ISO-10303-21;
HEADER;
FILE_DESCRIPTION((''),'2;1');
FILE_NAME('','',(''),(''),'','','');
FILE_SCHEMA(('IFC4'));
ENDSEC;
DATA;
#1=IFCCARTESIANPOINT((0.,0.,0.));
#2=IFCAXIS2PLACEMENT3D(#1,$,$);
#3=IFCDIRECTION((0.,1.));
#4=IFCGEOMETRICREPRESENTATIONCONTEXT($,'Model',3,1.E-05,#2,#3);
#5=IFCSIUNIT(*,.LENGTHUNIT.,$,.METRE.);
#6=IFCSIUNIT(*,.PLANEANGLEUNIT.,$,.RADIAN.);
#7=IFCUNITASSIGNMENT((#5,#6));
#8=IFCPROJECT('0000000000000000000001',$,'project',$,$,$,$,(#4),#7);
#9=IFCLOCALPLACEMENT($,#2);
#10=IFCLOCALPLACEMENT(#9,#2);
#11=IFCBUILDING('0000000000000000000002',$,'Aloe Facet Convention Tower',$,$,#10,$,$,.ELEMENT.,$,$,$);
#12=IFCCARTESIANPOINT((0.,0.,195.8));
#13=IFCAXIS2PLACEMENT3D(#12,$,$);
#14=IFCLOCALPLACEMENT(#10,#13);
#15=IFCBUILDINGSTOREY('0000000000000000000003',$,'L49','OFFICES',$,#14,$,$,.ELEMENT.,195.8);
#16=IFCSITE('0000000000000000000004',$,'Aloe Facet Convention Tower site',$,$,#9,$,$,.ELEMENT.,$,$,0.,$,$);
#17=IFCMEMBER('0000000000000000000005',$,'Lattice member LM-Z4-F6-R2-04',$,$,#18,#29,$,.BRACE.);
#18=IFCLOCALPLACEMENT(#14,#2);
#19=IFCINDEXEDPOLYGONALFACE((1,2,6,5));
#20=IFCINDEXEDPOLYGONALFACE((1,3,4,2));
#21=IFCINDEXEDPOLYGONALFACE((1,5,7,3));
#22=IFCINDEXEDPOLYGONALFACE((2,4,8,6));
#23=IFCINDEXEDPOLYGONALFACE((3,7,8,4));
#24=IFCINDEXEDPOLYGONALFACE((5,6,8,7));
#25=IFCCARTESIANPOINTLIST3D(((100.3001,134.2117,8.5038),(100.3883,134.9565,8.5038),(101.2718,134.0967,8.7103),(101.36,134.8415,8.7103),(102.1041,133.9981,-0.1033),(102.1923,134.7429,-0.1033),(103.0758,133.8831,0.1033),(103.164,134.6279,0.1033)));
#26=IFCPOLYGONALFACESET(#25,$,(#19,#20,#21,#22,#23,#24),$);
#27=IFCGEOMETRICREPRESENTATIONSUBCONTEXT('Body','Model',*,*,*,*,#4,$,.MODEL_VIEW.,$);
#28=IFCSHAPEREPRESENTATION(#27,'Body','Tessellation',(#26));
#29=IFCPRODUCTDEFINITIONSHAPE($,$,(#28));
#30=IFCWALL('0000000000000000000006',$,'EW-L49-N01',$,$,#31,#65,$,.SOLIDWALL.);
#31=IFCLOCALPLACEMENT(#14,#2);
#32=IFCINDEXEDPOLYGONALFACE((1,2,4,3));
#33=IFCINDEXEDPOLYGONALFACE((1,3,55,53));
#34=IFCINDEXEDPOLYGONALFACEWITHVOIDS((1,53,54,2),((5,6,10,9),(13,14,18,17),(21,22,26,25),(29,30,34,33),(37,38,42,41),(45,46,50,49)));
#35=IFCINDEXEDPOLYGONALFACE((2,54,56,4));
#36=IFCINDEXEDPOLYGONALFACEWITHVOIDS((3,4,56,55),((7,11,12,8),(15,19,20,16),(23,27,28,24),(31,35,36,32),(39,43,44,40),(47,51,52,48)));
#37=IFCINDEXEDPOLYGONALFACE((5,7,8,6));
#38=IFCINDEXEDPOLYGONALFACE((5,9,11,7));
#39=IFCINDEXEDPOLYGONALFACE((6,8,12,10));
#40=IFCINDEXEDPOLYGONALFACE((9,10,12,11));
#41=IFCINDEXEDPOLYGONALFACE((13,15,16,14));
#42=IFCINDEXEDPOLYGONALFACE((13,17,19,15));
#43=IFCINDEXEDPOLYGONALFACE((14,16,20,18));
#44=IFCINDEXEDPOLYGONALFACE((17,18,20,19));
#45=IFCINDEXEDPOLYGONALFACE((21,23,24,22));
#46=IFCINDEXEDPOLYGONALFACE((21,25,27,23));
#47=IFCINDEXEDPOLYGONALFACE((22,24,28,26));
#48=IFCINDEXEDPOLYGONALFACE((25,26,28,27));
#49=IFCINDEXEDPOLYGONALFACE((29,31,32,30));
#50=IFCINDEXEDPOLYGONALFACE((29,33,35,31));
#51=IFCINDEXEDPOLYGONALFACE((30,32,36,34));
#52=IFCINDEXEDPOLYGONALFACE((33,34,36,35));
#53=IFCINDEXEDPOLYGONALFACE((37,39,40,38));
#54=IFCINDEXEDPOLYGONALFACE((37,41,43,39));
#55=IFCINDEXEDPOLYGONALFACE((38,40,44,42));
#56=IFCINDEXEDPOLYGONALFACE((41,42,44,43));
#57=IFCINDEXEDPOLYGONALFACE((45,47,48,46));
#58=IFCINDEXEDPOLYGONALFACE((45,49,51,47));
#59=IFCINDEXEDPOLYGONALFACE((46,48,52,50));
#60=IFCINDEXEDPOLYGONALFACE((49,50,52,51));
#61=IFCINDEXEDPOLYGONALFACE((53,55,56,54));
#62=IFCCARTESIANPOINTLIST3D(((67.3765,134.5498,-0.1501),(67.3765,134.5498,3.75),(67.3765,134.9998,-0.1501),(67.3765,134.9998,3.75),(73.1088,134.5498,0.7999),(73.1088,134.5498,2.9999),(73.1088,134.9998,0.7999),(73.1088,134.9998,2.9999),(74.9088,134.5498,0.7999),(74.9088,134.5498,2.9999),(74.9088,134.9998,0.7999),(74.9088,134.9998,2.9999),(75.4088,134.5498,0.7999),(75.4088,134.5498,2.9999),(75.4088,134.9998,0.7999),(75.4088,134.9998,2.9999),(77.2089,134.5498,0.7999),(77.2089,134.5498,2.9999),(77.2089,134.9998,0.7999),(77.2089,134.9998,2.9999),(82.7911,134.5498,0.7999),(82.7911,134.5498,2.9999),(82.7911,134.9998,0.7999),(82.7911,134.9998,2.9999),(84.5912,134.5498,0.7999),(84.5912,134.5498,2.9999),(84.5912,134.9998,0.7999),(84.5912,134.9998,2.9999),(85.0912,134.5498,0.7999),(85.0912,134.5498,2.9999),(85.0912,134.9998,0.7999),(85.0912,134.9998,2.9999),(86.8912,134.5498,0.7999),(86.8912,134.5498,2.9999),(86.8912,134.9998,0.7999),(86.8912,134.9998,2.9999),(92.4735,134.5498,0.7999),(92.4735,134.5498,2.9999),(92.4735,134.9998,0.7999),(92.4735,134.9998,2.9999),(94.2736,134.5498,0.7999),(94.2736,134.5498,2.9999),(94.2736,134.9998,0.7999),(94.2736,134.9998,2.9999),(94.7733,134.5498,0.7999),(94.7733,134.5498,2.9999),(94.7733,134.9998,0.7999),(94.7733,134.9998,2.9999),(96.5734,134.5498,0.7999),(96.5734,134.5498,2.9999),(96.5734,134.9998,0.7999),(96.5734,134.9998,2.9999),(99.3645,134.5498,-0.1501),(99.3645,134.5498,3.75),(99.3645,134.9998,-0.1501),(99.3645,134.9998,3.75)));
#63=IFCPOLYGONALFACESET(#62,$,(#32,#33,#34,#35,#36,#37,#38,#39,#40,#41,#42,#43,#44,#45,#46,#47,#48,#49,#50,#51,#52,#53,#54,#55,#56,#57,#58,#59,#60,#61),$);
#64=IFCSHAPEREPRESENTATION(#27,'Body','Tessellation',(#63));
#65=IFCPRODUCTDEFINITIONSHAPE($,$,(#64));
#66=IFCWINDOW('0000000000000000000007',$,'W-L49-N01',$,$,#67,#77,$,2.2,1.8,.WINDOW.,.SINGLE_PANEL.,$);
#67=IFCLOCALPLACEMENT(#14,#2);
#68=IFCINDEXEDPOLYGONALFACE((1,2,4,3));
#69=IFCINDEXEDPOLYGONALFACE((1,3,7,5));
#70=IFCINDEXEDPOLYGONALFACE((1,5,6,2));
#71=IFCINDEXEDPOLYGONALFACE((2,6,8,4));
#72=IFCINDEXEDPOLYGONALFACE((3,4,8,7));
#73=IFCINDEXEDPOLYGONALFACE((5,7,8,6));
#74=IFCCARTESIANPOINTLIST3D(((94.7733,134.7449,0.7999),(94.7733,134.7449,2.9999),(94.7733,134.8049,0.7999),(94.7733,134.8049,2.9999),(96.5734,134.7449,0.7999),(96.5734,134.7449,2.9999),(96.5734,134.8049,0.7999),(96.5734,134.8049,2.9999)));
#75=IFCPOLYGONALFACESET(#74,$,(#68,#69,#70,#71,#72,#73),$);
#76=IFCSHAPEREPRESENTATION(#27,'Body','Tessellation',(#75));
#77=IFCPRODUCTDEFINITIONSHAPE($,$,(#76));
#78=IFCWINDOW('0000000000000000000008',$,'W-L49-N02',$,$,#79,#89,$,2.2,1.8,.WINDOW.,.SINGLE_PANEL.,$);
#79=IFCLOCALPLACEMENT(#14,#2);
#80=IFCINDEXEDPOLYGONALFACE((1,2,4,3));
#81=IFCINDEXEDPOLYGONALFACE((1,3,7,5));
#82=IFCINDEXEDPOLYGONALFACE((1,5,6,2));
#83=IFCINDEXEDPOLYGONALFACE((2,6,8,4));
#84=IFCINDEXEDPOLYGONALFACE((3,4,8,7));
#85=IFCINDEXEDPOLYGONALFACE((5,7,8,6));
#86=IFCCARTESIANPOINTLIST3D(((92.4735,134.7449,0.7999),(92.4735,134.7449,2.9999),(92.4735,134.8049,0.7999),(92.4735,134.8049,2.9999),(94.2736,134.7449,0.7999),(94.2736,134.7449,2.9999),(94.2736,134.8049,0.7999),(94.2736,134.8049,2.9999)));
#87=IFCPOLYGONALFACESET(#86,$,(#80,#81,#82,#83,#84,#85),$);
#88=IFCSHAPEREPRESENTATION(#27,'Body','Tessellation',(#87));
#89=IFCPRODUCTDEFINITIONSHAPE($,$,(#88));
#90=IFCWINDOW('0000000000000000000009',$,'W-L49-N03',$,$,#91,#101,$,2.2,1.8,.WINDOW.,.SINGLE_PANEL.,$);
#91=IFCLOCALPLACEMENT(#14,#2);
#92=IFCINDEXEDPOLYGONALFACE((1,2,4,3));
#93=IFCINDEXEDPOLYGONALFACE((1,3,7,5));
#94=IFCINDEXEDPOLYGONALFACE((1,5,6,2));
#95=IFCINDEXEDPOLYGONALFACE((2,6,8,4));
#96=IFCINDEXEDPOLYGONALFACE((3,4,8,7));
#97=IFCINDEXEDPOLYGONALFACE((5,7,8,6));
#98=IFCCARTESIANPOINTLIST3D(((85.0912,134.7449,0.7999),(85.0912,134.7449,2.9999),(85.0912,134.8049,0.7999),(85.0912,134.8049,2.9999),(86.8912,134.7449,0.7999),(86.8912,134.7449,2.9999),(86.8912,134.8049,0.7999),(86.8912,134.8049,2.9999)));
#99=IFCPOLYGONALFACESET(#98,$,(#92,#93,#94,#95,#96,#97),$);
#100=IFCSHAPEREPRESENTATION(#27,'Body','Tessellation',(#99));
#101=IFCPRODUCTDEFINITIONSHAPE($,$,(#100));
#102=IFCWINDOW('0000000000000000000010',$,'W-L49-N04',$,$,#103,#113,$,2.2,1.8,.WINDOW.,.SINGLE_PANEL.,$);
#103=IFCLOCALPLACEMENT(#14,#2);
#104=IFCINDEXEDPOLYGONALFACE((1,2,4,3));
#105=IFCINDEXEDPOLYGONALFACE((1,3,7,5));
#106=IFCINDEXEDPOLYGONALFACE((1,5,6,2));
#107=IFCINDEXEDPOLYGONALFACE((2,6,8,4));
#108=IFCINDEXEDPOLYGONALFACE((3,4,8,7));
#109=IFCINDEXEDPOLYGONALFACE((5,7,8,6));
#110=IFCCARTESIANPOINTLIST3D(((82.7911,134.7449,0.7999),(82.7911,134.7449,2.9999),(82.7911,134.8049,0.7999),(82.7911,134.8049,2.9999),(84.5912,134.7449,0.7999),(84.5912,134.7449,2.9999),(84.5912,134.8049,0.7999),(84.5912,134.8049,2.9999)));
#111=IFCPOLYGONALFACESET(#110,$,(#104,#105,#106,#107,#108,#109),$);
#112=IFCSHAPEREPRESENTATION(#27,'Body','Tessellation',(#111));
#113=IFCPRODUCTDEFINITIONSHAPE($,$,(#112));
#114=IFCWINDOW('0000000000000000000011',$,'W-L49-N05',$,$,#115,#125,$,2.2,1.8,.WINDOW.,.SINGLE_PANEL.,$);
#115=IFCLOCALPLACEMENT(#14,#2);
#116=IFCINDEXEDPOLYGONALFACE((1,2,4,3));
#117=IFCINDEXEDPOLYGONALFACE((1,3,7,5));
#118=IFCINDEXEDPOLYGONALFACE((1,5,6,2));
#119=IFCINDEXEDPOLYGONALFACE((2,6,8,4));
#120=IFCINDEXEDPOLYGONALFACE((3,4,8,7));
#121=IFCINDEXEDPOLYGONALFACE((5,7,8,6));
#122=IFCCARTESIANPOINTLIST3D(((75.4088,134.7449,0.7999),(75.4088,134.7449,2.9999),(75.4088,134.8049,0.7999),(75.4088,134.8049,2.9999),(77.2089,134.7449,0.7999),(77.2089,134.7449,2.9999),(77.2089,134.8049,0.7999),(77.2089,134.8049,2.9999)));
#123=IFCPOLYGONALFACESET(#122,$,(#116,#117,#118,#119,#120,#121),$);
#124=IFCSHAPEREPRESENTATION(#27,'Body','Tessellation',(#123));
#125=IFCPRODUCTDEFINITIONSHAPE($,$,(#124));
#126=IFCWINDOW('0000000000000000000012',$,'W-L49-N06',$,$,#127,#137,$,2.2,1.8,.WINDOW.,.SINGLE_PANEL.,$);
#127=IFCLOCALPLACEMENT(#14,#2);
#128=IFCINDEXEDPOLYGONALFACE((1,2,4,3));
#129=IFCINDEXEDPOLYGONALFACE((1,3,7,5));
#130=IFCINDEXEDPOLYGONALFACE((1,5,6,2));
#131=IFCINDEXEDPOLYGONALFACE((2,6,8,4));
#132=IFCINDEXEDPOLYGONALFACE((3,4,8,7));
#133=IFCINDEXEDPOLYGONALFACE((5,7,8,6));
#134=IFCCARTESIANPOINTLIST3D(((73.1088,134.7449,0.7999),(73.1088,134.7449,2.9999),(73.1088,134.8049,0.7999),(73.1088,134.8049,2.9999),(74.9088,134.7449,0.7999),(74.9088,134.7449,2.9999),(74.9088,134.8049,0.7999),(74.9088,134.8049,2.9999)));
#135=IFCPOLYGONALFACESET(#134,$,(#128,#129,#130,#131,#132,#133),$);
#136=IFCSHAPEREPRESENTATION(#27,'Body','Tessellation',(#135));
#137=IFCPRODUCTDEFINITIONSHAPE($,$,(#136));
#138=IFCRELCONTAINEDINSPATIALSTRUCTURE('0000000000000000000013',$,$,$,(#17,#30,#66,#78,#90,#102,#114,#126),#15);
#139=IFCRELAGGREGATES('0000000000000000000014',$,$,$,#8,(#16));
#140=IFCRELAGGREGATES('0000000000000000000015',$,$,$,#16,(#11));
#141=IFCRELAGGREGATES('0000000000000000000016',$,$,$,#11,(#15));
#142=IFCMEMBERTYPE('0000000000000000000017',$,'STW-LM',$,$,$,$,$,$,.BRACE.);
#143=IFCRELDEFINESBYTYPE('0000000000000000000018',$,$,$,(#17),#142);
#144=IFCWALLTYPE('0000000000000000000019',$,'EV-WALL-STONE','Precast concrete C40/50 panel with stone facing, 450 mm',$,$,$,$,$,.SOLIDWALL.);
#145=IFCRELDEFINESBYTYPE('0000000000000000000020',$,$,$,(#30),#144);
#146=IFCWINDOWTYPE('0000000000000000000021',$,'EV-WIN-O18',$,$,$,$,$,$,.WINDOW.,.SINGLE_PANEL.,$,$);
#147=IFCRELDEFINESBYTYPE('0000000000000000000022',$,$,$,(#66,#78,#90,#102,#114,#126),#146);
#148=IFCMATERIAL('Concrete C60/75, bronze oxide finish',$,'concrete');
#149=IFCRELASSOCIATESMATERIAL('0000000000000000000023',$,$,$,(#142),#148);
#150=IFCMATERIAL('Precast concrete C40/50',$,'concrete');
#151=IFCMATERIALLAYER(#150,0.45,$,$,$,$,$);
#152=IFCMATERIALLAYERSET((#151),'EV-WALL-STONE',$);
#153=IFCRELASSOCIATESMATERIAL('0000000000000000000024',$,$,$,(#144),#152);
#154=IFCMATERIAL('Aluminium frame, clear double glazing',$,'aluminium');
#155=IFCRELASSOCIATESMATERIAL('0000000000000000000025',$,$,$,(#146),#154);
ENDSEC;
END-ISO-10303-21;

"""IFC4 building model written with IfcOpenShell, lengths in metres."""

from ifc_helpers import new_model, si_unit, direction, frame, frame_2d, origin, origin_2d, place, context, subcontext, project, spatial, polyline, rectangle, outline, extrude, material, layer, layer_set, material_profile, profile_set, type_object, element, fill, save


model = new_model("IFC4")

# Units and contexts
model_context = context("Model", 3, precision=1e-05, world=origin(), true_north=direction((0.0, 1.0)))
body_context = subcontext(model_context, "Body", "Model", "MODEL_VIEW")
ifc_project = project(units=[si_unit("LENGTHUNIT", "METRE"), si_unit("PLANEANGLEUNIT", "RADIAN")], contexts=[model_context])

# Site, building, storey
site_placement = place(None, origin())
site = spatial("IfcSite", under=ifc_project, at=site_placement, Name="Aloe Facet Convention Tower site", CompositionType="ELEMENT", RefElevation=0.0)
building_placement = place(site_placement, origin())
building = spatial("IfcBuilding", under=site, at=building_placement, Name="Aloe Facet Convention Tower", CompositionType="ELEMENT")
storey_placement = place(building_placement, frame((0.0, 0.0, 195.8)))
storey = spatial("IfcBuildingStorey", under=building, at=storey_placement, Name="L49", Description="OFFICES", CompositionType="ELEMENT", Elevation=195.8)

# Member
ifc_material_1 = material(Name="Concrete C60/75, bronze oxide finish", Category="concrete")
ifc_material_profile_1 = material_profile(ifc_material_1, rectangle(XDim=0.75, YDim=1.0, at=origin_2d()), Name="STW-LM")
ifc_profile_set_1 = profile_set([ifc_material_profile_1], Name="Concrete C60/75, bronze oxide finish")
member_type = type_object("IfcMemberType", Name="STW-LM", PredefinedType="BRACE", material=ifc_profile_set_1)
member_1_placement = place(storey_placement, frame((102.634, 134.313, 0.0), z_axis=(-0.205075, 0.024285, 0.978445), x_axis=(-0.117598, -0.993061, 0.0)))
element("IfcMember", 1, at=member_1_placement, inside=storey, type_object=member_type, Name="Lattice member LM-Z4-F6-R2-04", PredefinedType="BRACE", context=body_context, shape_type="SweptSolid", body=[
    extrude(rectangle(XDim=0.75, YDim=1.0, at=origin_2d()), origin(), (0.0, 0.0, 1.0), 8.7966),
])

# Wall, openings, windows
ifc_material_2 = material(Name="Precast concrete C40/50", Category="concrete")
ifc_layer_1 = layer(ifc_material_2, 0.45)
ifc_layer_set_1 = layer_set([ifc_layer_1], Name="EV-WALL-STONE")
wall_type_1 = type_object("IfcWallType", Name="EV-WALL-STONE", Description="Precast concrete C40/50 panel with stone facing, 450 mm", PredefinedType="SOLIDWALL", material=ifc_layer_set_1)
wall_1_placement = place(storey_placement, frame((99.3645, 134.7749, -0.1501), z_axis=(0.0, 0.0, 1.0), x_axis=(-1.0, 0.0, 0.0)))
wall_1 = element("IfcWall", 2, at=wall_1_placement, inside=storey, type_object=wall_type_1, Name="EW-L49-N01", PredefinedType="SOLIDWALL", context=body_context, shape_type="SweptSolid", body=[
    extrude(outline(polyline([(0.0, 0.0), (0.0, 3.9001), (31.988, 3.9001), (31.988, 0.0), (0.0, 0.0)])), frame((0.0, 0.2251, 0.0), z_axis=(0.0, -1.0, 0.0), x_axis=(1.0, 0.0, 0.0)), (0.0, 0.0, 1.0), 0.45),
])
opening_1_placement = place(wall_1_placement, frame((2.7913, 0.0, 0.95)))
opening_1 = element("IfcOpeningElement", 3, at=opening_1_placement, cuts=wall_1, PredefinedType="OPENING", context=body_context, shape_type="SweptSolid", body=[
    extrude(rectangle(XDim=1.8, YDim=2.2, at=frame_2d((0.8999, 1.1001))), frame((0.0, 0.2349, 0.0), z_axis=(0.0, -1.0, 0.0), x_axis=(1.0, 0.0, 0.0)), (0.0, 0.0, 1.0), 0.47),
])
opening_2_placement = place(wall_1_placement, frame((5.0911, 0.0, 0.95)))
opening_2 = element("IfcOpeningElement", 4, at=opening_2_placement, cuts=wall_1, PredefinedType="OPENING", context=body_context, shape_type="SweptSolid", body=[
    extrude(rectangle(XDim=1.8, YDim=2.2, at=frame_2d((0.8999, 1.1001))), frame((0.0, 0.2349, 0.0), z_axis=(0.0, -1.0, 0.0), x_axis=(1.0, 0.0, 0.0)), (0.0, 0.0, 1.0), 0.47),
])
opening_3_placement = place(wall_1_placement, frame((12.4734, 0.0, 0.95)))
opening_3 = element("IfcOpeningElement", 5, at=opening_3_placement, cuts=wall_1, PredefinedType="OPENING", context=body_context, shape_type="SweptSolid", body=[
    extrude(rectangle(XDim=1.8, YDim=2.2, at=frame_2d((0.8999, 1.1001))), frame((0.0, 0.2349, 0.0), z_axis=(0.0, -1.0, 0.0), x_axis=(1.0, 0.0, 0.0)), (0.0, 0.0, 1.0), 0.47),
])
opening_4_placement = place(wall_1_placement, frame((14.7734, 0.0, 0.95)))
opening_4 = element("IfcOpeningElement", 6, at=opening_4_placement, cuts=wall_1, PredefinedType="OPENING", context=body_context, shape_type="SweptSolid", body=[
    extrude(rectangle(XDim=1.8, YDim=2.2, at=frame_2d((0.8999, 1.1001))), frame((0.0, 0.2349, 0.0), z_axis=(0.0, -1.0, 0.0), x_axis=(1.0, 0.0, 0.0)), (0.0, 0.0, 1.0), 0.47),
])
opening_5_placement = place(wall_1_placement, frame((22.1558, 0.0, 0.95)))
opening_5 = element("IfcOpeningElement", 7, at=opening_5_placement, cuts=wall_1, PredefinedType="OPENING", context=body_context, shape_type="SweptSolid", body=[
    extrude(rectangle(XDim=1.8, YDim=2.2, at=frame_2d((0.8999, 1.1001))), frame((0.0, 0.2349, 0.0), z_axis=(0.0, -1.0, 0.0), x_axis=(1.0, 0.0, 0.0)), (0.0, 0.0, 1.0), 0.47),
])
opening_6_placement = place(wall_1_placement, frame((24.4558, 0.0, 0.95)))
opening_6 = element("IfcOpeningElement", 8, at=opening_6_placement, cuts=wall_1, PredefinedType="OPENING", context=body_context, shape_type="SweptSolid", body=[
    extrude(rectangle(XDim=1.8, YDim=2.2, at=frame_2d((0.8999, 1.1001))), frame((0.0, 0.2349, 0.0), z_axis=(0.0, -1.0, 0.0), x_axis=(1.0, 0.0, 0.0)), (0.0, 0.0, 1.0), 0.47),
])
ifc_material_3 = material(Name="Aluminium frame, clear double glazing", Category="aluminium")
window_type = type_object("IfcWindowType", Name="EV-WIN-O18", PartitioningType="SINGLE_PANEL", PredefinedType="WINDOW", material=ifc_material_3)
window_1_placement = place(opening_1_placement, origin())
window_1 = element("IfcWindow", 9, at=window_1_placement, inside=storey, type_object=window_type, Name="W-L49-N01", OverallHeight=2.2, OverallWidth=1.8, PartitioningType="SINGLE_PANEL", PredefinedType="WINDOW", context=body_context, shape_type="SweptSolid", body=[
    extrude(rectangle(XDim=1.8, YDim=2.2, at=frame_2d((0.8999, 1.1001))), frame((0.0, 0.03, 0.0), z_axis=(0.0, -1.0, 0.0), x_axis=(1.0, 0.0, 0.0)), (0.0, 0.0, 1.0), 0.0601),
])
fill(opening_1, window_1)
window_2_placement = place(opening_2_placement, origin())
window_2 = element("IfcWindow", 10, at=window_2_placement, inside=storey, type_object=window_type, Name="W-L49-N02", OverallHeight=2.2, OverallWidth=1.8, PartitioningType="SINGLE_PANEL", PredefinedType="WINDOW", context=body_context, shape_type="SweptSolid", body=[
    extrude(rectangle(XDim=1.8, YDim=2.2, at=frame_2d((0.8999, 1.1001))), frame((0.0, 0.03, 0.0), z_axis=(0.0, -1.0, 0.0), x_axis=(1.0, 0.0, 0.0)), (0.0, 0.0, 1.0), 0.0601),
])
fill(opening_2, window_2)
window_3_placement = place(opening_3_placement, origin())
window_3 = element("IfcWindow", 11, at=window_3_placement, inside=storey, type_object=window_type, Name="W-L49-N03", OverallHeight=2.2, OverallWidth=1.8, PartitioningType="SINGLE_PANEL", PredefinedType="WINDOW", context=body_context, shape_type="SweptSolid", body=[
    extrude(rectangle(XDim=1.8, YDim=2.2, at=frame_2d((0.8999, 1.1001))), frame((0.0, 0.03, 0.0), z_axis=(0.0, -1.0, 0.0), x_axis=(1.0, 0.0, 0.0)), (0.0, 0.0, 1.0), 0.0601),
])
fill(opening_3, window_3)
window_4_placement = place(opening_4_placement, origin())
window_4 = element("IfcWindow", 12, at=window_4_placement, inside=storey, type_object=window_type, Name="W-L49-N04", OverallHeight=2.2, OverallWidth=1.8, PartitioningType="SINGLE_PANEL", PredefinedType="WINDOW", context=body_context, shape_type="SweptSolid", body=[
    extrude(rectangle(XDim=1.8, YDim=2.2, at=frame_2d((0.8999, 1.1001))), frame((0.0, 0.03, 0.0), z_axis=(0.0, -1.0, 0.0), x_axis=(1.0, 0.0, 0.0)), (0.0, 0.0, 1.0), 0.0601),
])
fill(opening_4, window_4)
window_5_placement = place(opening_5_placement, origin())
window_5 = element("IfcWindow", 13, at=window_5_placement, inside=storey, type_object=window_type, Name="W-L49-N05", OverallHeight=2.2, OverallWidth=1.8, PartitioningType="SINGLE_PANEL", PredefinedType="WINDOW", context=body_context, shape_type="SweptSolid", body=[
    extrude(rectangle(XDim=1.8, YDim=2.2, at=frame_2d((0.8999, 1.1001))), frame((0.0, 0.03, 0.0), z_axis=(0.0, -1.0, 0.0), x_axis=(1.0, 0.0, 0.0)), (0.0, 0.0, 1.0), 0.0601),
])
fill(opening_5, window_5)
window_6_placement = place(opening_6_placement, origin())
window_6 = element("IfcWindow", 14, at=window_6_placement, inside=storey, type_object=window_type, Name="W-L49-N06", OverallHeight=2.2, OverallWidth=1.8, PartitioningType="SINGLE_PANEL", PredefinedType="WINDOW", context=body_context, shape_type="SweptSolid", body=[
    extrude(rectangle(XDim=1.8, YDim=2.2, at=frame_2d((0.8999, 1.1001))), frame((0.0, 0.03, 0.0), z_axis=(0.0, -1.0, 0.0), x_axis=(1.0, 0.0, 0.0)), (0.0, 0.0, 1.0), 0.0601),
])
fill(opening_6, window_6)

save(model, "model.ifc")
